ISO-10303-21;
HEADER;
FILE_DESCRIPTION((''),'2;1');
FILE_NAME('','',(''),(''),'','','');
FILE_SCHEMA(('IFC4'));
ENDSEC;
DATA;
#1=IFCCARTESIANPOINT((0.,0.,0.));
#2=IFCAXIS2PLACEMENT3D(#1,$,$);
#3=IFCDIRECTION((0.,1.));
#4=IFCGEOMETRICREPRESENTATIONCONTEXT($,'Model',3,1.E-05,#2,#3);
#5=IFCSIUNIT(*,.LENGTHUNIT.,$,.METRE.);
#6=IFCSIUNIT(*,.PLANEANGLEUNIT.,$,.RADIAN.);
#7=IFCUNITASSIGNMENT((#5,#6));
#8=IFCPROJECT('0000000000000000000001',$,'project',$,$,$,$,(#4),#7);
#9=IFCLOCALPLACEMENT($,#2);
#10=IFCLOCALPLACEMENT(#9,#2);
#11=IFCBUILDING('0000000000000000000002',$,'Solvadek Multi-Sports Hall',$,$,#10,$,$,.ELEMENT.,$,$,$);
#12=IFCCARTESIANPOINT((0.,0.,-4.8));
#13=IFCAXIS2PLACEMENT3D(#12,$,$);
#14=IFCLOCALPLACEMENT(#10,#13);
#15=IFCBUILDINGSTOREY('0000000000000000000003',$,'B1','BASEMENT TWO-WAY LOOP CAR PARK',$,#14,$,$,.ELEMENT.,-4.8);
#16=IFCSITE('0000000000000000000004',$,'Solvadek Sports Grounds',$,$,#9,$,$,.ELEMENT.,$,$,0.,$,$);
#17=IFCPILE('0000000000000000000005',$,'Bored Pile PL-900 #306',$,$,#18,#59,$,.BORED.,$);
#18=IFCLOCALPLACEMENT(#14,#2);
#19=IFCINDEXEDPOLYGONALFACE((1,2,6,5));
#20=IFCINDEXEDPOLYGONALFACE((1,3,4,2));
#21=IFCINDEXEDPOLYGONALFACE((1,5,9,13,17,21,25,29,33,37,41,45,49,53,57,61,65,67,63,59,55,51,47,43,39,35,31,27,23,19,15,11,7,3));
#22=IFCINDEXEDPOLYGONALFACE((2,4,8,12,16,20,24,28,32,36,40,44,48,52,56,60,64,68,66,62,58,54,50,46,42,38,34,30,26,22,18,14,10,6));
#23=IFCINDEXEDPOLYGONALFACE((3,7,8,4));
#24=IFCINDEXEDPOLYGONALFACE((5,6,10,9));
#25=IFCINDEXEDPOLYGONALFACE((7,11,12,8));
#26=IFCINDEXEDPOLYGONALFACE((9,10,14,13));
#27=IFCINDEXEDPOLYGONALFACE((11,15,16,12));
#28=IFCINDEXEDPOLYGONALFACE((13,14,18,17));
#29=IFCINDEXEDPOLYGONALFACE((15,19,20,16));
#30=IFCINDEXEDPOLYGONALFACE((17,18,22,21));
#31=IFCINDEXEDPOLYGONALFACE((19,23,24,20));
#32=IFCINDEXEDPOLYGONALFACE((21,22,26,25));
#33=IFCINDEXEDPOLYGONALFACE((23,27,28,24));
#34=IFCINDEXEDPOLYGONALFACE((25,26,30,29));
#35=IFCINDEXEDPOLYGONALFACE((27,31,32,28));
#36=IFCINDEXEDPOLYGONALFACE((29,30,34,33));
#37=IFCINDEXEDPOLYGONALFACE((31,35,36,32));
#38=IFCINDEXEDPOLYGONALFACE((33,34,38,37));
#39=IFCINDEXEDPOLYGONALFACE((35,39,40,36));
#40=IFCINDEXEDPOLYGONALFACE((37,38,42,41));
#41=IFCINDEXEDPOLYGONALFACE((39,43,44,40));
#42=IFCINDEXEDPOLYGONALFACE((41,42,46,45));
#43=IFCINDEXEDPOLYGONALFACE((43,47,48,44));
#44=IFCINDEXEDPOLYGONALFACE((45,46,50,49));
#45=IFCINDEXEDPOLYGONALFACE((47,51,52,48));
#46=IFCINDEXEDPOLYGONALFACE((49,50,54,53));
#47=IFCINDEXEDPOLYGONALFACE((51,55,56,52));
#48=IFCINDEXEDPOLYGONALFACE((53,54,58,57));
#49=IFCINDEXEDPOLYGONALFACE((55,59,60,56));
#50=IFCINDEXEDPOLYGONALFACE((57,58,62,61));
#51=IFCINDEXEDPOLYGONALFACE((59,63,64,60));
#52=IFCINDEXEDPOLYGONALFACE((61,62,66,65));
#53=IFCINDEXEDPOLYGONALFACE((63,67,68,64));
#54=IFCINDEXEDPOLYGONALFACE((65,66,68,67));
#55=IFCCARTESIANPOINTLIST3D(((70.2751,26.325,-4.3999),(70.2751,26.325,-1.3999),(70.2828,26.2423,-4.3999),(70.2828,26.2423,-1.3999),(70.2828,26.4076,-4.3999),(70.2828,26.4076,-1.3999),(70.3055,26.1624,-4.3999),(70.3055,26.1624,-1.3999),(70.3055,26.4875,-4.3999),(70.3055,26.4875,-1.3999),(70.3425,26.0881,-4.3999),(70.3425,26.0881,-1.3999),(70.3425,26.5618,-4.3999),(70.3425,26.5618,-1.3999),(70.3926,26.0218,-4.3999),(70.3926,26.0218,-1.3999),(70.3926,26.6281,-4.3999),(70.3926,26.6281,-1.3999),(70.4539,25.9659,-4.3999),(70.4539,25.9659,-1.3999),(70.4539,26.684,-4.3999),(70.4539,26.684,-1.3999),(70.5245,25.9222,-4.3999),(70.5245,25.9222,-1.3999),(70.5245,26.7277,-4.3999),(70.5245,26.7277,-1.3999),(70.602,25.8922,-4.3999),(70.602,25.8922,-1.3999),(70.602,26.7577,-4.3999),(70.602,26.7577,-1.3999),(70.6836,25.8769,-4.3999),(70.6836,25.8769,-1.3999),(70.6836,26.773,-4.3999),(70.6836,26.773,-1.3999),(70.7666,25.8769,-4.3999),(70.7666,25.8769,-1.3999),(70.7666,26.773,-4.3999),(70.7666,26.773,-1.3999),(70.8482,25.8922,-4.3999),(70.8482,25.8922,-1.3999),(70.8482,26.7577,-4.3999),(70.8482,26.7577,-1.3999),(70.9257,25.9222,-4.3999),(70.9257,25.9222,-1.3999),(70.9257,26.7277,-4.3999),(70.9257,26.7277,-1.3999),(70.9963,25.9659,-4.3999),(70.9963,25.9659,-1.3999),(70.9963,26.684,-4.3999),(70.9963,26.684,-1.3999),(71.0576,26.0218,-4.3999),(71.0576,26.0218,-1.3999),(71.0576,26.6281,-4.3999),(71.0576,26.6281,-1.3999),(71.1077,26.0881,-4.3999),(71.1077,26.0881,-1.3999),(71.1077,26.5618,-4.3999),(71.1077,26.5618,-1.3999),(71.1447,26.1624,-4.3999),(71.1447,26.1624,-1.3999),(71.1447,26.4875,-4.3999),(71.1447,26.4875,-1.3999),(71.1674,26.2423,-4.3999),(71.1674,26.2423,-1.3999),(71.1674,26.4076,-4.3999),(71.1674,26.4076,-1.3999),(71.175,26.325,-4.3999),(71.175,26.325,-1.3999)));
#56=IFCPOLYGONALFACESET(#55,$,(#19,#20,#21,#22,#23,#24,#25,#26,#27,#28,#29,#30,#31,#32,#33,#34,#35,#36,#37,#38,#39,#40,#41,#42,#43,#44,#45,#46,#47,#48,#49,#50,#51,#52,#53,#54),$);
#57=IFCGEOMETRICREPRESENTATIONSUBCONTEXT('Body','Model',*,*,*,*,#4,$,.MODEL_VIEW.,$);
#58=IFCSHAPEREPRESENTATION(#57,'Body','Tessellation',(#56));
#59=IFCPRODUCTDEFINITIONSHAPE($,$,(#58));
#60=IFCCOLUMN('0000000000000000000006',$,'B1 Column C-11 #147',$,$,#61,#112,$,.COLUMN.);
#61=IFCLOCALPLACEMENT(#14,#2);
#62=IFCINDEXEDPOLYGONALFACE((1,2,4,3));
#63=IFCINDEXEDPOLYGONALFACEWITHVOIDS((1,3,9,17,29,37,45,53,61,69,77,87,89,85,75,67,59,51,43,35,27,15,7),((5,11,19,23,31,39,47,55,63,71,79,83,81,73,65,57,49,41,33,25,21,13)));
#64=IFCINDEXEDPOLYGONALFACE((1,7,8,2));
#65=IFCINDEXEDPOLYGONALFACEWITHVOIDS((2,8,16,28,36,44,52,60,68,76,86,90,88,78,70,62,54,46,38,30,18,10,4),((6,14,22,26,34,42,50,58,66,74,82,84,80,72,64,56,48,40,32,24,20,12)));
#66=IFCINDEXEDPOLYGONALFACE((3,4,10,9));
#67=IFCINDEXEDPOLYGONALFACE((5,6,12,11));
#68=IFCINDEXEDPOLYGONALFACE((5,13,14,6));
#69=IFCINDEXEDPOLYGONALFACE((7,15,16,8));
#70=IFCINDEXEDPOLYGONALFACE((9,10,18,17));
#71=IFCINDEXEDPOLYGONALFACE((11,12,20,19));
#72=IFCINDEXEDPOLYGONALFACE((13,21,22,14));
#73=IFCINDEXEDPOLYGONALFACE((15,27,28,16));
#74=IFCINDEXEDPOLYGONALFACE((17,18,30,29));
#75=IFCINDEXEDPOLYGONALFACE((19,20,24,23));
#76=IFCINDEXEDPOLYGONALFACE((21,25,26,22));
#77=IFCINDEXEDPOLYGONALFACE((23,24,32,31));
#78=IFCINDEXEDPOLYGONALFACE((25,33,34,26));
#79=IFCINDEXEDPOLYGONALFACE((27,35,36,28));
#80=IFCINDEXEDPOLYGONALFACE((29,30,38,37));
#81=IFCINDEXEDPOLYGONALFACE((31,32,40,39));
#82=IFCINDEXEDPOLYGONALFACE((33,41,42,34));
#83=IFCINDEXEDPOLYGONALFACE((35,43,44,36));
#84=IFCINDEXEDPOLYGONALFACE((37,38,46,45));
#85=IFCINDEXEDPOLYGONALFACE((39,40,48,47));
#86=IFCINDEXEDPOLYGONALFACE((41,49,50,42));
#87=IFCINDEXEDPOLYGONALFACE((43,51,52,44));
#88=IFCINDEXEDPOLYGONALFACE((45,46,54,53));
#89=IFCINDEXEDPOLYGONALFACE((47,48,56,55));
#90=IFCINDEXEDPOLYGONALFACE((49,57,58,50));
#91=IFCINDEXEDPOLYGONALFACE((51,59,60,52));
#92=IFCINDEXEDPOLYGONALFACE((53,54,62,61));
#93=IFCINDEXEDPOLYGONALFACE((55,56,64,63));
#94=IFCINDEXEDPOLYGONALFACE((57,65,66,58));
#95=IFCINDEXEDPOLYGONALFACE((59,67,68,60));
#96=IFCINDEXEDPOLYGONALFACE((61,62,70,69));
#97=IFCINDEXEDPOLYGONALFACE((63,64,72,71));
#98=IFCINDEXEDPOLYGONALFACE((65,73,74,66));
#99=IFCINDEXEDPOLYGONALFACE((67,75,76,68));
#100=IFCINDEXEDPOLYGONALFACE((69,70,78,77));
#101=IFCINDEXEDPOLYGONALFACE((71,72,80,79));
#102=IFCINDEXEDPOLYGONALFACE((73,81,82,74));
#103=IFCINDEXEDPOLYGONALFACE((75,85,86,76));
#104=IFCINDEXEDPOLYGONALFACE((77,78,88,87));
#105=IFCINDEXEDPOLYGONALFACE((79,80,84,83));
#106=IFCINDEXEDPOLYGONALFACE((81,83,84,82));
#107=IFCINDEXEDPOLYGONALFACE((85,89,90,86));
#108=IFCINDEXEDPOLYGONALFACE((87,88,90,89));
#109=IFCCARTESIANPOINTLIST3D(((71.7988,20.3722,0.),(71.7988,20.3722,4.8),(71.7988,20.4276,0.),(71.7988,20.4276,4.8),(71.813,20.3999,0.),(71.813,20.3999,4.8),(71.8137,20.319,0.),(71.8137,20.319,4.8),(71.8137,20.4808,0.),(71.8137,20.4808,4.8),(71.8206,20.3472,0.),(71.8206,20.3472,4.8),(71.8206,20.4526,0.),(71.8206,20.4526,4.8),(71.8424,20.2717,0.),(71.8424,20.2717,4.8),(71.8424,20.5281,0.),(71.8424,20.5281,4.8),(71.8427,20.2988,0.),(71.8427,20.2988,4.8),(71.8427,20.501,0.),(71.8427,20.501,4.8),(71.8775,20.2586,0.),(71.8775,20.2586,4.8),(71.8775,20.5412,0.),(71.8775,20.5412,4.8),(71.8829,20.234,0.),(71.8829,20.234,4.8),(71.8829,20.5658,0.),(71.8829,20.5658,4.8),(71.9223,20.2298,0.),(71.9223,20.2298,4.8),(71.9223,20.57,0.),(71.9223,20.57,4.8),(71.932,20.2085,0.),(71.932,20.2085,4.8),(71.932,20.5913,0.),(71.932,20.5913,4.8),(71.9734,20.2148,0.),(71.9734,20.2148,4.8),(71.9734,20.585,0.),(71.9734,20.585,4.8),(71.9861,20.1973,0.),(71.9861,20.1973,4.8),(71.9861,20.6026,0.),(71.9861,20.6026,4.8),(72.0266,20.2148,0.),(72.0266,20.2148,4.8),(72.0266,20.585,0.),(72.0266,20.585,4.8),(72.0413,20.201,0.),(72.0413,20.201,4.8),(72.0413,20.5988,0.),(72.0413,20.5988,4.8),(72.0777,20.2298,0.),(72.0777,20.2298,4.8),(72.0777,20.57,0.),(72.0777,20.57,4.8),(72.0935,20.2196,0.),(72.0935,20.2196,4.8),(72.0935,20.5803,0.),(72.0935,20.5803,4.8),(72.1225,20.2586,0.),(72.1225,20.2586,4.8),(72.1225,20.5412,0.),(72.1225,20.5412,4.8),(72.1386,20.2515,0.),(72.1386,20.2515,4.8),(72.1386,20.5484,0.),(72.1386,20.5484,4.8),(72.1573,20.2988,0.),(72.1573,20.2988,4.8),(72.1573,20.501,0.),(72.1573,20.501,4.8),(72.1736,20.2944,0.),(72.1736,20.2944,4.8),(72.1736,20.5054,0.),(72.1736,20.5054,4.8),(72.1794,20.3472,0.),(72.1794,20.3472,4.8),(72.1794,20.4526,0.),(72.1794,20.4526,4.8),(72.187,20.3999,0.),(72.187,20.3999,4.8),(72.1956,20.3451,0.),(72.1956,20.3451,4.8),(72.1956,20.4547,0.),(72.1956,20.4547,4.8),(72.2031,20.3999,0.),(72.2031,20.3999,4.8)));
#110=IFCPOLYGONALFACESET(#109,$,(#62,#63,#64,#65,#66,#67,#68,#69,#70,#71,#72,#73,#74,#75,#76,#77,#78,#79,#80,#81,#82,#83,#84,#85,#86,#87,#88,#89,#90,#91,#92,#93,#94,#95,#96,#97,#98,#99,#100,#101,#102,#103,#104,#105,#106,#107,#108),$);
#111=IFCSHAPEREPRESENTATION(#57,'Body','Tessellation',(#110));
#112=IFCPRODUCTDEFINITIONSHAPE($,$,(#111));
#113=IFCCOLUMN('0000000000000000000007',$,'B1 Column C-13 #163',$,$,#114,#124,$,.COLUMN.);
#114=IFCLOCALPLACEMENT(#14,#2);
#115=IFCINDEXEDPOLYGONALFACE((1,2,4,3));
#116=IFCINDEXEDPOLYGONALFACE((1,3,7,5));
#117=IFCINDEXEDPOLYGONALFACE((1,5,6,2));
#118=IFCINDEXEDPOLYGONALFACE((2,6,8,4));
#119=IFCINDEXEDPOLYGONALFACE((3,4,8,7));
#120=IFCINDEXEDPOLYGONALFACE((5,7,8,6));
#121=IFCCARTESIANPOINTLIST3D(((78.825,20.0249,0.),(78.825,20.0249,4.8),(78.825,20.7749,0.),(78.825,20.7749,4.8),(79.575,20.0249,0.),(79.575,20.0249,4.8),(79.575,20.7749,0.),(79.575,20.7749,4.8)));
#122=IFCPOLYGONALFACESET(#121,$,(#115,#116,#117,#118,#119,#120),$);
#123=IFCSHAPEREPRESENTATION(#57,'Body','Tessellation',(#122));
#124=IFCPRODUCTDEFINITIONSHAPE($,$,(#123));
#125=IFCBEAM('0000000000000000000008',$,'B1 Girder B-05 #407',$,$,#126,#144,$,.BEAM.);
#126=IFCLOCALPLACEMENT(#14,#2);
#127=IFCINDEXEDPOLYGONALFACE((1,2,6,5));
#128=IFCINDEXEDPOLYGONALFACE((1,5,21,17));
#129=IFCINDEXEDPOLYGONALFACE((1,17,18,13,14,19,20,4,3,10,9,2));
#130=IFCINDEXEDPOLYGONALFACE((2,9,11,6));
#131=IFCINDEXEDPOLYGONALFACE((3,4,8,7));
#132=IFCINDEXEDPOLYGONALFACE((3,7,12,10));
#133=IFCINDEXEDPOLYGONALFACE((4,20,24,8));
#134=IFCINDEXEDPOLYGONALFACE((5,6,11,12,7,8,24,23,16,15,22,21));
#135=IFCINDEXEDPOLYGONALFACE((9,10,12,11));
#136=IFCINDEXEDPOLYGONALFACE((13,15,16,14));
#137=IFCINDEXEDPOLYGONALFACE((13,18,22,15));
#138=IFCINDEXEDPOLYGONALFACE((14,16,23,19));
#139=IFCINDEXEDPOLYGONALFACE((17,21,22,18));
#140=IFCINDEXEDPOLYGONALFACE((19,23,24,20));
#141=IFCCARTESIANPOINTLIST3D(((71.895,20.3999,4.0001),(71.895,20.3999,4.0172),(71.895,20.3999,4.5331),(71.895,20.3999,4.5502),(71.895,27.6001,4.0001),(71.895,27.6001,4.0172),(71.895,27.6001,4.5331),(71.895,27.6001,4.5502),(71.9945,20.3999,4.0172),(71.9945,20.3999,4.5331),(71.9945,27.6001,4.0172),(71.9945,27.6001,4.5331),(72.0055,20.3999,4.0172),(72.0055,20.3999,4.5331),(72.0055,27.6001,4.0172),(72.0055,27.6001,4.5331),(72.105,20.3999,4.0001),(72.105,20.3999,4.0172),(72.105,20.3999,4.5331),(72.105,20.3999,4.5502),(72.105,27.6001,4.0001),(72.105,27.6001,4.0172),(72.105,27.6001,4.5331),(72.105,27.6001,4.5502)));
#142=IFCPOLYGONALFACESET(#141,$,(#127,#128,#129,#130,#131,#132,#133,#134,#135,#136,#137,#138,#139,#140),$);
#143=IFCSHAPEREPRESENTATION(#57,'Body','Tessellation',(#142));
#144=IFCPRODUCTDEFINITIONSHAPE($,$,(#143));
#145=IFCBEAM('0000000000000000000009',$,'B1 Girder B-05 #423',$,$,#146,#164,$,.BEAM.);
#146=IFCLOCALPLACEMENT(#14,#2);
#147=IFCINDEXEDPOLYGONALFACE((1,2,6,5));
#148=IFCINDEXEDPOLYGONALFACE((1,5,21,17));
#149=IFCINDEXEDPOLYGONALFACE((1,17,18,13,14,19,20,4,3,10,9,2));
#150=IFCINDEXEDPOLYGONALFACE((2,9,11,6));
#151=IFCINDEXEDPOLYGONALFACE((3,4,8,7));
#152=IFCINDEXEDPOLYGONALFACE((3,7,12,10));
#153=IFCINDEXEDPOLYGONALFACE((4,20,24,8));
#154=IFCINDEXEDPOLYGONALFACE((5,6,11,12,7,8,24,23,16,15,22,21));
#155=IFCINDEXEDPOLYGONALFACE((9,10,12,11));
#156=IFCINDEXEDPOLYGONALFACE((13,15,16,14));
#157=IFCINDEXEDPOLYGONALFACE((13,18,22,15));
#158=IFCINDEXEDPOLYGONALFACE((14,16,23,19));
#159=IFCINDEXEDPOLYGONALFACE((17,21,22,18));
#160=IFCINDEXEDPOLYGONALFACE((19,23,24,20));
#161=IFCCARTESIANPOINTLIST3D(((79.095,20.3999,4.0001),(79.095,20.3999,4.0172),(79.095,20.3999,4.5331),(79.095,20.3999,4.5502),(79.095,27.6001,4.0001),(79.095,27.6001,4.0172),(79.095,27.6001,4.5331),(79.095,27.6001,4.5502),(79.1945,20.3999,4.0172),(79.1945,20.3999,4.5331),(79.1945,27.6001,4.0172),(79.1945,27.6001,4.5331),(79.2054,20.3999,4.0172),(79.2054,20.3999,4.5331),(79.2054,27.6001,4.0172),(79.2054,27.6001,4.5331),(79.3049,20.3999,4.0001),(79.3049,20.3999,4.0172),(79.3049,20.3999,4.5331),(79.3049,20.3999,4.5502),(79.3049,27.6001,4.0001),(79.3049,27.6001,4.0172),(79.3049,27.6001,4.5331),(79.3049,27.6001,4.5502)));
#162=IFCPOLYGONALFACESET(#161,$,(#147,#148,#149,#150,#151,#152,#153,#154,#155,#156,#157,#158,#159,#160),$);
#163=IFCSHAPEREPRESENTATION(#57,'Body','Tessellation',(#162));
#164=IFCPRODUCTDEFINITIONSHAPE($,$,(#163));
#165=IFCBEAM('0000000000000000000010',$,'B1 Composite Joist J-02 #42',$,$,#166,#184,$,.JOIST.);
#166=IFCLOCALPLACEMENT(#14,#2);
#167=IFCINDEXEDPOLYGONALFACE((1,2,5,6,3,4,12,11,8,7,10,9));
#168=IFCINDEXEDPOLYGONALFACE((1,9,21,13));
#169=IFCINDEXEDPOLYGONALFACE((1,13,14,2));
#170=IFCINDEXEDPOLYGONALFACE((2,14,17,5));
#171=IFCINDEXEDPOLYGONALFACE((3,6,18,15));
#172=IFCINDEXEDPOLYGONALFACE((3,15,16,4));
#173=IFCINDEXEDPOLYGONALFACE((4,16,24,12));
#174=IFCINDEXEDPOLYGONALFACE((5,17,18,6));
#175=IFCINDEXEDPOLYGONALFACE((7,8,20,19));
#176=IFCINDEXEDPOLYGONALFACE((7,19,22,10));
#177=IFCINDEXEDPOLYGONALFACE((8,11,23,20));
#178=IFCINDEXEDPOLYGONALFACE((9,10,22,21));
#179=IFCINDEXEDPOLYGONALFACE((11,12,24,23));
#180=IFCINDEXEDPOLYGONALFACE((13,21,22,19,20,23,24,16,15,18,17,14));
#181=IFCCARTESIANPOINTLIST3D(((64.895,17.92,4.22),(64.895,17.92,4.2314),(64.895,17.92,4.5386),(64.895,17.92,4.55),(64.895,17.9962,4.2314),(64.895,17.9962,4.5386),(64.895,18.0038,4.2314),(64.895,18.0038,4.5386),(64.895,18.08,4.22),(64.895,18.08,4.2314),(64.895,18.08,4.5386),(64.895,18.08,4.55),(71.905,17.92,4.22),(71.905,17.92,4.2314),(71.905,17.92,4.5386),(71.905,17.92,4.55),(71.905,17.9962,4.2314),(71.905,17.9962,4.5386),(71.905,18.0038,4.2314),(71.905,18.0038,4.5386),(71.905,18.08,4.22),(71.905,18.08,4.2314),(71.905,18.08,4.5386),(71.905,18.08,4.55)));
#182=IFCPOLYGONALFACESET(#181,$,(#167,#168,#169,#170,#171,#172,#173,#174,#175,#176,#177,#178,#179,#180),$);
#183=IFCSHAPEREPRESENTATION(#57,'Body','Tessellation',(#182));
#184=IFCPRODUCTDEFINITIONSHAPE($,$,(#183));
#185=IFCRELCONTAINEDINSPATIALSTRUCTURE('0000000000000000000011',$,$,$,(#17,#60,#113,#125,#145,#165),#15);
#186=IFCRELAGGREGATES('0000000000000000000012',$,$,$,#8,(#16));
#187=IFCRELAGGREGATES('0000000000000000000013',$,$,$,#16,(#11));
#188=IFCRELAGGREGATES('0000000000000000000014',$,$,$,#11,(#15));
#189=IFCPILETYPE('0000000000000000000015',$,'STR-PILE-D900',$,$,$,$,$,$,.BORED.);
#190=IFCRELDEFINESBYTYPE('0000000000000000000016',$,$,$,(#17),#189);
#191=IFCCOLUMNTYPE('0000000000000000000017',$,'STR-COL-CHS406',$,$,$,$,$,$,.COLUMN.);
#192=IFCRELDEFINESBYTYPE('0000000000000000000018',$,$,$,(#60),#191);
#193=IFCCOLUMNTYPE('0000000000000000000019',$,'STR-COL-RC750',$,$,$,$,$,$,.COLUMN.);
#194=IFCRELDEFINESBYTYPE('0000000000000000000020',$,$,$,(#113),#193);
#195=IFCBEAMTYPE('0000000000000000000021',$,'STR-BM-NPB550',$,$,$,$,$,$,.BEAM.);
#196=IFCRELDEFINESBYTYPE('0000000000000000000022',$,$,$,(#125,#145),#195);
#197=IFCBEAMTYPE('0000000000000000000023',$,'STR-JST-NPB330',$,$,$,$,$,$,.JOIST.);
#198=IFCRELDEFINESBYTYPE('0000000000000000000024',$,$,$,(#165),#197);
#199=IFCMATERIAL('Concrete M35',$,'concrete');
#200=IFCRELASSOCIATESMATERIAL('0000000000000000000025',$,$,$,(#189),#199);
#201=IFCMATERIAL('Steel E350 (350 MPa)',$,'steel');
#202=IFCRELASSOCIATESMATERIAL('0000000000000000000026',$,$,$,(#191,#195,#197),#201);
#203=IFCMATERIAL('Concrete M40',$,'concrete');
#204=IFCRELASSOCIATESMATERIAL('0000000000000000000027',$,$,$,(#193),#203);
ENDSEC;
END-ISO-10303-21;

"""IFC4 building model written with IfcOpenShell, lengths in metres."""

from ifc_helpers import new_model, si_unit, direction, frame, origin, origin_2d, place, context, subcontext, project, spatial, rectangle, circle, hollow_circle, i_section, extrude, material, material_profile, profile_set, type_object, element, save


model = new_model("IFC4")

# Units and contexts
model_context = context("Model", 3, precision=1e-05, world=origin(), true_north=direction((0.0, 1.0)))
body_context = subcontext(model_context, "Body", "Model", "MODEL_VIEW")
ifc_project = project(units=[si_unit("LENGTHUNIT", "METRE"), si_unit("PLANEANGLEUNIT", "RADIAN")], contexts=[model_context])

# Site, building, storey
site_placement = place(None, origin())
site = spatial("IfcSite", under=ifc_project, at=site_placement, Name="Solvadek Sports Grounds", CompositionType="ELEMENT", RefElevation=0.0)
building_placement = place(site_placement, origin())
building = spatial("IfcBuilding", under=site, at=building_placement, Name="Solvadek Multi-Sports Hall", CompositionType="ELEMENT")
storey_placement = place(building_placement, frame((0.0, 0.0, -4.8)))
storey = spatial("IfcBuildingStorey", under=building, at=storey_placement, Name="B1", Description="BASEMENT TWO-WAY LOOP CAR PARK", CompositionType="ELEMENT", Elevation=-4.8)

# Shared definitions
ifc_material_1 = material(Name="Concrete M40", Category="concrete")

# Pile
ifc_material_2 = material(Name="Concrete M35", Category="concrete")
ifc_material_profile_1 = material_profile(ifc_material_2, circle(Radius=0.45, at=origin_2d()), Name="BORED PILE D900")
ifc_profile_set_1 = profile_set([ifc_material_profile_1], Name="Concrete M35")
pile_type_1 = type_object("IfcPileType", Name="STR-PILE-D900", PredefinedType="BORED", material=ifc_profile_set_1)
for number, where, z_axis, x_axis, name in (
    (1, (70.7251, 26.325, -1.3999), (0.0, 0.0, -1.0), (1.0, 0.0, 0.0), "Bored Pile PL-900 #306"),
):
    element("IfcPile", number, at=place(storey_placement, frame(where, z_axis=z_axis, x_axis=x_axis)), inside=storey, type_object=pile_type_1, Name=name, PredefinedType="BORED", context=body_context, shape_type="SweptSolid", body=[
        extrude(circle(Radius=0.45, at=origin_2d()), origin(), (0.0, 0.0, 1.0), 3.0),
    ])

# Columns
ifc_material_3 = material(Name="Steel E350 (350 MPa)", Category="steel")
ifc_material_profile_2 = material_profile(ifc_material_3, hollow_circle(Radius=0.2031, WallThickness=0.0161, at=origin_2d()), Name="CHS 406.4x16")
ifc_profile_set_2 = profile_set([ifc_material_profile_2], Name="Steel E350 (350 MPa)")
column_type_1 = type_object("IfcColumnType", Name="STR-COL-CHS406", PredefinedType="COLUMN", material=ifc_profile_set_2)
column_1_placement = place(storey_placement, frame((72.0, 20.3999, 0.0), z_axis=(0.0, 0.0, 1.0), x_axis=(1.0, 0.0, 0.0)))
element("IfcColumn", 2, at=column_1_placement, inside=storey, type_object=column_type_1, Name="B1 Column C-11 #147", PredefinedType="COLUMN", context=body_context, shape_type="SweptSolid", body=[
    extrude(hollow_circle(Radius=0.2031, WallThickness=0.0161, at=origin_2d()), origin(), (0.0, 0.0, 1.0), 4.8),
])
ifc_material_profile_3 = material_profile(ifc_material_1, rectangle(XDim=0.75, YDim=0.75, at=origin_2d()), Name="RC 750x750")
ifc_profile_set_3 = profile_set([ifc_material_profile_3], Name="Concrete M40")
column_type_2 = type_object("IfcColumnType", Name="STR-COL-RC750", PredefinedType="COLUMN", material=ifc_profile_set_3)
column_2_placement = place(storey_placement, frame((79.2, 20.3999, 0.0), z_axis=(0.0, 0.0, 1.0), x_axis=(1.0, 0.0, 0.0)))
element("IfcColumn", 3, at=column_2_placement, inside=storey, type_object=column_type_2, Name="B1 Column C-13 #163", PredefinedType="COLUMN", context=body_context, shape_type="SweptSolid", body=[
    extrude(rectangle(XDim=0.75, YDim=0.75, at=origin_2d()), origin(), (0.0, 0.0, 1.0), 4.8),
])

# Beams
ifc_material_profile_4 = material_profile(ifc_material_3, i_section(OverallWidth=0.21, OverallDepth=0.55, WebThickness=0.011, FlangeThickness=0.0171, at=origin_2d()), Name="NPB 550")
ifc_profile_set_4 = profile_set([ifc_material_profile_4], Name="Steel E350 (350 MPa)")
beam_type_1 = type_object("IfcBeamType", Name="STR-BM-NPB550", PredefinedType="BEAM", material=ifc_profile_set_4)
for number, where, z_axis, x_axis, name in (
    (4, (72.0, 20.3999, 4.2751), (0.0, 1.0, 0.0), (-1.0, 0.0, 0.0), "B1 Girder B-05 #407"),
    (5, (79.2, 20.3999, 4.2751), (0.0, 1.0, 0.0), (-1.0, 0.0, 0.0), "B1 Girder B-05 #423"),
):
    element("IfcBeam", number, at=place(storey_placement, frame(where, z_axis=z_axis, x_axis=x_axis)), inside=storey, type_object=beam_type_1, Name=name, PredefinedType="BEAM", context=body_context, shape_type="SweptSolid", body=[
        extrude(i_section(OverallWidth=0.21, OverallDepth=0.55, WebThickness=0.011, FlangeThickness=0.0171, at=origin_2d()), origin(), (0.0, 0.0, 1.0), 7.2002),
    ])
ifc_material_profile_5 = material_profile(ifc_material_3, i_section(OverallWidth=0.1599, OverallDepth=0.3301, WebThickness=0.0076, FlangeThickness=0.0115, at=origin_2d()), Name="NPB 330")
ifc_profile_set_5 = profile_set([ifc_material_profile_5], Name="Steel E350 (350 MPa)")
beam_type_2 = type_object("IfcBeamType", Name="STR-JST-NPB330", PredefinedType="JOIST", material=ifc_profile_set_5)
for number, where, z_axis, x_axis, name in (
    (6, (64.895, 18.0, 4.385), (1.0, 0.0, 0.0), (0.0, 1.0, 0.0), "B1 Composite Joist J-02 #42"),
):
    element("IfcBeam", number, at=place(storey_placement, frame(where, z_axis=z_axis, x_axis=x_axis)), inside=storey, type_object=beam_type_2, Name=name, PredefinedType="JOIST", context=body_context, shape_type="SweptSolid", body=[
        extrude(i_section(OverallWidth=0.1599, OverallDepth=0.3301, WebThickness=0.0076, FlangeThickness=0.0115, at=origin_2d()), origin(), (0.0, 0.0, 1.0), 7.01),
    ])

save(model, "model.ifc")
